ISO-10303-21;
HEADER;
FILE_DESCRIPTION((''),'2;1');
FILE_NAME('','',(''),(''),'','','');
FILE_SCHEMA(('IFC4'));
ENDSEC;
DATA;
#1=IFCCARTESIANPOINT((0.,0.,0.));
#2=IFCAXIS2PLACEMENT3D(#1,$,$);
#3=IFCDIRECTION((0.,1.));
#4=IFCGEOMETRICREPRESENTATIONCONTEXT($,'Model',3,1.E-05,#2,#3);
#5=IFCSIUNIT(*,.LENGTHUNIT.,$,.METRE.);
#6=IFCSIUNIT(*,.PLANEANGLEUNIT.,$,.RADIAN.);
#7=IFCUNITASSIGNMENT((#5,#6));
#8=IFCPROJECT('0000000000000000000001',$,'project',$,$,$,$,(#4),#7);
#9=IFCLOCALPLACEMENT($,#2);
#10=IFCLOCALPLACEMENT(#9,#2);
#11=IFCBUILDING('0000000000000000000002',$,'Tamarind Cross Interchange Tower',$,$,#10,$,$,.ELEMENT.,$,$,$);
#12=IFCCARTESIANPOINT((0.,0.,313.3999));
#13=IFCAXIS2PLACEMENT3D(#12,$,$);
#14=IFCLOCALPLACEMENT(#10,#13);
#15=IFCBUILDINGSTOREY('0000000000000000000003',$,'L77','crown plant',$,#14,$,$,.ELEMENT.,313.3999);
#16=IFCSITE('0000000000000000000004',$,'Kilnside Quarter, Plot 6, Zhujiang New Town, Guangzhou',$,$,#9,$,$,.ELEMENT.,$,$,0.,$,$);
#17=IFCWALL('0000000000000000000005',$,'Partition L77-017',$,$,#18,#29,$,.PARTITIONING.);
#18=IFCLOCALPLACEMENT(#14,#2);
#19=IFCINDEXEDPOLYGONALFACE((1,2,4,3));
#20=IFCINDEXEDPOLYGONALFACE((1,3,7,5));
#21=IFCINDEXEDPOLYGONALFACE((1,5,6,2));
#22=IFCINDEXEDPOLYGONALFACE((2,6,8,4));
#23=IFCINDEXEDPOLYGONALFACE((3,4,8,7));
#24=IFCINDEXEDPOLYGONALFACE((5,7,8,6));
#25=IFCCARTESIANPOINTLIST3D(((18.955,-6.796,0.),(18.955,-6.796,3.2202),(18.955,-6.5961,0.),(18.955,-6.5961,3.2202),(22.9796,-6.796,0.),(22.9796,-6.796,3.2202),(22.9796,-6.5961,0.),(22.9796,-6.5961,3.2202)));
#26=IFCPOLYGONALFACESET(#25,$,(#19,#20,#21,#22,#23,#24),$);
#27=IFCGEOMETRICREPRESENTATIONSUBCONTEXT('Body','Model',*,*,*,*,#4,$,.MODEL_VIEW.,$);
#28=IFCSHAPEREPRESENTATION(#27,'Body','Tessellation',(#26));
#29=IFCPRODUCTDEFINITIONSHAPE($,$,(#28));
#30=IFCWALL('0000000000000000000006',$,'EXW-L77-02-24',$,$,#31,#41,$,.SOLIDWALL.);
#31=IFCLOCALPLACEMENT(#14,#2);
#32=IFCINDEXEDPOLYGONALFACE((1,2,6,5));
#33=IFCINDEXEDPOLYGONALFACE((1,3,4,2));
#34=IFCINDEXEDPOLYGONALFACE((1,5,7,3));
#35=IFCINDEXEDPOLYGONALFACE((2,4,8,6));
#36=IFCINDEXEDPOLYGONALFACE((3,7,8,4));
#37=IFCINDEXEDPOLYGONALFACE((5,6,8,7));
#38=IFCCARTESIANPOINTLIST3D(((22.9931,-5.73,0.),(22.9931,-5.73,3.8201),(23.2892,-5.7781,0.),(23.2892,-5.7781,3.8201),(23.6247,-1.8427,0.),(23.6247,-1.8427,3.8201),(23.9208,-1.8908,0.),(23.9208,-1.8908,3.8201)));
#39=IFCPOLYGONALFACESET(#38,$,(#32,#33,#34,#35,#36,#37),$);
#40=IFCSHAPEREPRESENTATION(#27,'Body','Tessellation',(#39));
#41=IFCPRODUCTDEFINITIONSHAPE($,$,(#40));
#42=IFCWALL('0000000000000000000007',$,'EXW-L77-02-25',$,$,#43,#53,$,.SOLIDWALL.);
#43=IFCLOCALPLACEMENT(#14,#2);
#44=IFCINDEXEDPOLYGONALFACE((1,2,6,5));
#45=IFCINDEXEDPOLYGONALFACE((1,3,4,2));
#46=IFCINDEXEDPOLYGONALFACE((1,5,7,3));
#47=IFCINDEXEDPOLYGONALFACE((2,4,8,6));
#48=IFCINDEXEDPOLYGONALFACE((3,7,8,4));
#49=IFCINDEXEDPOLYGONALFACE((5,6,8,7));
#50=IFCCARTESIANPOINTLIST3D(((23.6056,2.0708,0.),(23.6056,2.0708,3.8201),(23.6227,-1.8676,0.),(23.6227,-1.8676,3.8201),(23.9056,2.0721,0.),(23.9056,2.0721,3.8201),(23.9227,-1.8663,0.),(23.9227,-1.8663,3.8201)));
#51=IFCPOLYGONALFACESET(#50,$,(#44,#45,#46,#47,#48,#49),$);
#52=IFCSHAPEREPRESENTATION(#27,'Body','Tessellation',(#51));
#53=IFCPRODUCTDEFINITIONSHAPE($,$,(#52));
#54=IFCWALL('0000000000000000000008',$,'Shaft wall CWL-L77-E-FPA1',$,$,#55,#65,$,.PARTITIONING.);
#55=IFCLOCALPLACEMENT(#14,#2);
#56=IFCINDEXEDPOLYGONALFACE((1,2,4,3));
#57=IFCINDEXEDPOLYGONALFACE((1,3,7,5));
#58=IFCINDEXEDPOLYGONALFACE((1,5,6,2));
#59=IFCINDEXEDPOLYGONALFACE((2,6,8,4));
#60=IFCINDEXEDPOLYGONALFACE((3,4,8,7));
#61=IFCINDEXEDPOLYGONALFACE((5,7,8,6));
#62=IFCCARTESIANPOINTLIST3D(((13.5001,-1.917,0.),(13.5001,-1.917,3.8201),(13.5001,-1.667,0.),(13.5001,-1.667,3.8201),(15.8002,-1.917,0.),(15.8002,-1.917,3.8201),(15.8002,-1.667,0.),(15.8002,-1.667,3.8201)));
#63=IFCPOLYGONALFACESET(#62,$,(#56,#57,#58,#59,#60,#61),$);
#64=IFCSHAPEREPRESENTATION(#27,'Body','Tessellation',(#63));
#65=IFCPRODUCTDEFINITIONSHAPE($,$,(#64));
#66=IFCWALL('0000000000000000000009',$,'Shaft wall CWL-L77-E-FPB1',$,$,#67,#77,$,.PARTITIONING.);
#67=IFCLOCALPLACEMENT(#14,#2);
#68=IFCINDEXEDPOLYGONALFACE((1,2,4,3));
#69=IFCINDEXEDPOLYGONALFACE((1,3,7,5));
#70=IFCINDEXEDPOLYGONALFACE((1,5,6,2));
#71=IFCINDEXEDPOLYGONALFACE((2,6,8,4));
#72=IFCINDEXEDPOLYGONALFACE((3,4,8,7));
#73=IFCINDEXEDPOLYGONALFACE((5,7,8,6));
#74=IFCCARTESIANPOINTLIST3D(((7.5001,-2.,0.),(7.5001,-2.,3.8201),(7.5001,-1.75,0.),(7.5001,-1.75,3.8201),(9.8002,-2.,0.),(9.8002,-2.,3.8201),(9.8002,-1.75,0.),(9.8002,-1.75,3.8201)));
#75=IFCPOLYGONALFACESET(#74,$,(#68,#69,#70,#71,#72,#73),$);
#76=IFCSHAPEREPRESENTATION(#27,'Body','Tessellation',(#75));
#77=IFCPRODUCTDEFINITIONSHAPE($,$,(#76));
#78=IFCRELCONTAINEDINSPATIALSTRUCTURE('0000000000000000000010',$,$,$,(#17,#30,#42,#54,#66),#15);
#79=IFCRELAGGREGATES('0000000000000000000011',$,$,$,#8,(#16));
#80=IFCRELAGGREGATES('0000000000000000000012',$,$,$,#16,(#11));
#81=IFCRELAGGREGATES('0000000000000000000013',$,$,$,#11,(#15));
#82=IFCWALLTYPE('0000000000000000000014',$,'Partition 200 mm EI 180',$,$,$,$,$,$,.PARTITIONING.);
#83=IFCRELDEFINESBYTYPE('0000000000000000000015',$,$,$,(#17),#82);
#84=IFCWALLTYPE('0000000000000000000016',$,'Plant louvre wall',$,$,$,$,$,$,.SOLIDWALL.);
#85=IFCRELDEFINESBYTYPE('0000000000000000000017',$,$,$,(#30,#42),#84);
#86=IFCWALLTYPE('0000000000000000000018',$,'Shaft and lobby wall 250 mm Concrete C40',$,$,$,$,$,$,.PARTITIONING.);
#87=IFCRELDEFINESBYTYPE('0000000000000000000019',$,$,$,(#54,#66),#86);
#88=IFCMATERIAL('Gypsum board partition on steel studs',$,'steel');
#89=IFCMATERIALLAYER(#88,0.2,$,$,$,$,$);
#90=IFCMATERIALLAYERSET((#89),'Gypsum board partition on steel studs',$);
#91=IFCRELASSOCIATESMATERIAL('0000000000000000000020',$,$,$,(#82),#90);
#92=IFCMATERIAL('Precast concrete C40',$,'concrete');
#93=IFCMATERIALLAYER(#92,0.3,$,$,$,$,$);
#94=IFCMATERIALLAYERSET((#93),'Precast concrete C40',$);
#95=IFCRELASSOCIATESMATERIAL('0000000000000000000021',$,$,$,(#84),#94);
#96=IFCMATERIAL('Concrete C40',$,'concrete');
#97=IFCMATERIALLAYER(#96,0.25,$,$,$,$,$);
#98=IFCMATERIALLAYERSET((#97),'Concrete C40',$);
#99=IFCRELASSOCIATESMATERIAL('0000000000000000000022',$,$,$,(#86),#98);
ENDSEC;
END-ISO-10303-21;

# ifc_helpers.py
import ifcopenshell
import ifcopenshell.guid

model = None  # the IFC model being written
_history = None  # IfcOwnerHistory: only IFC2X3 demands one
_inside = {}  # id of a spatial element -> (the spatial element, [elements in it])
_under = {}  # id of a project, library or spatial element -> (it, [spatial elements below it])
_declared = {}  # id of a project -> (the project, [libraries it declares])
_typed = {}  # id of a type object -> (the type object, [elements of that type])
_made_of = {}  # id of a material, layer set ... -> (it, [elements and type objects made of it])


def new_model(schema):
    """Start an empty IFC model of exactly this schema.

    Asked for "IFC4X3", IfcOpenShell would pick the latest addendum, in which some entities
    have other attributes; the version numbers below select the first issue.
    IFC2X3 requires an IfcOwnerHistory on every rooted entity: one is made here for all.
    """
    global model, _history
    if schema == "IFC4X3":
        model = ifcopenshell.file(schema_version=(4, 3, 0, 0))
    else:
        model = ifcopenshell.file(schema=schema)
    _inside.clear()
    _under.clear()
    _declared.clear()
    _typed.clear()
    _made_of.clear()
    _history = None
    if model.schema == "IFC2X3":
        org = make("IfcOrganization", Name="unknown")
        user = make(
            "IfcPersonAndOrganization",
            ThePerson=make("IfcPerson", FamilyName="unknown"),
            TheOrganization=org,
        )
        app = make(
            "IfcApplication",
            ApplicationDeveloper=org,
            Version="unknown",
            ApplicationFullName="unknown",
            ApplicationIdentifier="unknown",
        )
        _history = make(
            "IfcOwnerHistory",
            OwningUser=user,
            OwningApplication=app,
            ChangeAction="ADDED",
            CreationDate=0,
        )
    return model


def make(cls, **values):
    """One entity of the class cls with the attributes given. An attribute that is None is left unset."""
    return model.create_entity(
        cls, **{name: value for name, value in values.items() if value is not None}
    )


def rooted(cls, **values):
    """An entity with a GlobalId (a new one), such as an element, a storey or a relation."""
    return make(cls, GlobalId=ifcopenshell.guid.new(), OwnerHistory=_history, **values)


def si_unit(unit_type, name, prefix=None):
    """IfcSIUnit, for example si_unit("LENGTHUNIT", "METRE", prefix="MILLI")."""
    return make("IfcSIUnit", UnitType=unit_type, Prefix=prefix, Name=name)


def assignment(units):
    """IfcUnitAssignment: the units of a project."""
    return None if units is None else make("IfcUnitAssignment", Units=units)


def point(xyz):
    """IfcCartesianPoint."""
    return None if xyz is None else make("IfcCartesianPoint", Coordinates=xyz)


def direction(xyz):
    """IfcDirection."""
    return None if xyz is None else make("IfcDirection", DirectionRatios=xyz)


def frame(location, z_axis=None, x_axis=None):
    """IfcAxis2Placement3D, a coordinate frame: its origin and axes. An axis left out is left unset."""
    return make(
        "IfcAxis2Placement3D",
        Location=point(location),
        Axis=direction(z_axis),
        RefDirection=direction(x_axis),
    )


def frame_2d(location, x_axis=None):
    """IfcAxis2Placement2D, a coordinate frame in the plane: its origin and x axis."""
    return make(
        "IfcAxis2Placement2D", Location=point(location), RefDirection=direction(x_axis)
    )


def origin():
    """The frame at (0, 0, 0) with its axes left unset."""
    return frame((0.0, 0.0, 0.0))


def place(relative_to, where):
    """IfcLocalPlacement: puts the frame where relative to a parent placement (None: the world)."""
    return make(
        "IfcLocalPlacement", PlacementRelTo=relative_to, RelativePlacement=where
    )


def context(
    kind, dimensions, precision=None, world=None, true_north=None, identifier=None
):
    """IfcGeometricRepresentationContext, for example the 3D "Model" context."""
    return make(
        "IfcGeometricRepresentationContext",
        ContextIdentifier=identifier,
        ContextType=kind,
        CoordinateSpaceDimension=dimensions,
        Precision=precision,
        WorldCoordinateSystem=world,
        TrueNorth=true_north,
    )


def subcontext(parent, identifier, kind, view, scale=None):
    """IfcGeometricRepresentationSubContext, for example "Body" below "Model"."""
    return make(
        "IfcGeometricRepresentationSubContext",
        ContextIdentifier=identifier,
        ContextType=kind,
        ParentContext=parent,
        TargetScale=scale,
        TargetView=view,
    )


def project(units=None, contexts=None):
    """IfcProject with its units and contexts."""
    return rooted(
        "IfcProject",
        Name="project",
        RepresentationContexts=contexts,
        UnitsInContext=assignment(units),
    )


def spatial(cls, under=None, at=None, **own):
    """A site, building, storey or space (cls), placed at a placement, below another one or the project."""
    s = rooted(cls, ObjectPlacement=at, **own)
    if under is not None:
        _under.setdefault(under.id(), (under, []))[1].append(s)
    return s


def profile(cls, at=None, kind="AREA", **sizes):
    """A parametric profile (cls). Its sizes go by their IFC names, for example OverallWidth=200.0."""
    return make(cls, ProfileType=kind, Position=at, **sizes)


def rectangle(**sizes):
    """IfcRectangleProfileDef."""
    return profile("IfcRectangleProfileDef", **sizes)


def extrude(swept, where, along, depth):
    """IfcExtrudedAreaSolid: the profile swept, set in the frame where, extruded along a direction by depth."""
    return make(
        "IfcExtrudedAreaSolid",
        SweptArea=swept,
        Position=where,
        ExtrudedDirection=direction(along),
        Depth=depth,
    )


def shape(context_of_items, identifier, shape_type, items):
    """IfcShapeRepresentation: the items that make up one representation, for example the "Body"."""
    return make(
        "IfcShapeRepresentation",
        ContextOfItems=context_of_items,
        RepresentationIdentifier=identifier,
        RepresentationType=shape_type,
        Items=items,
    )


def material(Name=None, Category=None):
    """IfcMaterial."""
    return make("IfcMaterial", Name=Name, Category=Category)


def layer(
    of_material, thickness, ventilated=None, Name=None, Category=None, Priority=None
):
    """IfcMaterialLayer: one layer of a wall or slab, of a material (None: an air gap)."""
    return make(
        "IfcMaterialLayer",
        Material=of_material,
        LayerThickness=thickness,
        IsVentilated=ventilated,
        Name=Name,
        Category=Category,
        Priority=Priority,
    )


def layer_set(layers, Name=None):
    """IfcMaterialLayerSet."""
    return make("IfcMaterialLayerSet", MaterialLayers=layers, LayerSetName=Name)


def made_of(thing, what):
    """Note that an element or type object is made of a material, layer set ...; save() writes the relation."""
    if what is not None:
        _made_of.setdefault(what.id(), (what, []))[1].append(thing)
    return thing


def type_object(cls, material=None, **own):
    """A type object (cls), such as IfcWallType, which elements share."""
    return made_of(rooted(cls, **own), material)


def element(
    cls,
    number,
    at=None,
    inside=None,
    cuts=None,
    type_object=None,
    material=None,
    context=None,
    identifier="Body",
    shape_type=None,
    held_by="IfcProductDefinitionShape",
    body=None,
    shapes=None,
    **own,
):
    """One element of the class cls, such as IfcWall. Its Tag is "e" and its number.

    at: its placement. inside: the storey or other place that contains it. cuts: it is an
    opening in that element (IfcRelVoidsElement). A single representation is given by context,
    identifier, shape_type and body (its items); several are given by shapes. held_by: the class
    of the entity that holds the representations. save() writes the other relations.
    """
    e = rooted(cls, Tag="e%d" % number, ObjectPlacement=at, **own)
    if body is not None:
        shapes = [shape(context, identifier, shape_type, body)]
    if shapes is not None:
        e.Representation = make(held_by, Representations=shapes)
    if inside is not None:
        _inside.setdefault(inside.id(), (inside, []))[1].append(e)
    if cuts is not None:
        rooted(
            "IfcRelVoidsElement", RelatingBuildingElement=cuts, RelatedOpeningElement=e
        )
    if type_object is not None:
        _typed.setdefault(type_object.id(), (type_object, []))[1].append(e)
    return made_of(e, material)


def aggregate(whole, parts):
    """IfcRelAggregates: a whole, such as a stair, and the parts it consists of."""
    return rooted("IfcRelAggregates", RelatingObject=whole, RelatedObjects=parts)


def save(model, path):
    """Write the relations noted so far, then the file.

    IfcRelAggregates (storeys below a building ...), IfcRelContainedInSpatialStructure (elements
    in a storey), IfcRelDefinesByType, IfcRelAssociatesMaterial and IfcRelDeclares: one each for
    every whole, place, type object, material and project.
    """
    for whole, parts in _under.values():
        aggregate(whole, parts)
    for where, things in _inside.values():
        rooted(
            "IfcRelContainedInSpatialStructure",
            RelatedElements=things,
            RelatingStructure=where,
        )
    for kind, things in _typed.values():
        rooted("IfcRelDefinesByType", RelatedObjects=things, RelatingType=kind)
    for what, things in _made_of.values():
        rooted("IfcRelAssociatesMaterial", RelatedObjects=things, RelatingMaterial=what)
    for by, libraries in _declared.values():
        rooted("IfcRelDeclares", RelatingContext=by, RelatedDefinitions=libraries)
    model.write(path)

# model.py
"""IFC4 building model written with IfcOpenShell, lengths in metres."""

from ifc_helpers import new_model, si_unit, direction, frame, frame_2d, origin, place, context, subcontext, project, spatial, rectangle, extrude, material, layer, layer_set, type_object, element, save


model = new_model("IFC4")

# Units and contexts
model_context = context("Model", 3, precision=1e-05, world=origin(), true_north=direction((0.0, 1.0)))
body_context = subcontext(model_context, "Body", "Model", "MODEL_VIEW")
ifc_project = project(units=[si_unit("LENGTHUNIT", "METRE"), si_unit("PLANEANGLEUNIT", "RADIAN")], contexts=[model_context])

# Site, building, storey
site_placement = place(None, origin())
site = spatial("IfcSite", under=ifc_project, at=site_placement, Name="Kilnside Quarter, Plot 6, Zhujiang New Town, Guangzhou", CompositionType="ELEMENT", RefElevation=0.0)
building_placement = place(site_placement, origin())
building = spatial("IfcBuilding", under=site, at=building_placement, Name="Tamarind Cross Interchange Tower", CompositionType="ELEMENT")
storey_placement = place(building_placement, frame((0.0, 0.0, 313.3999)))
storey = spatial("IfcBuildingStorey", under=building, at=storey_placement, Name="L77", Description="crown plant", CompositionType="ELEMENT", Elevation=313.3999)

# Walls
ifc_material_1 = material(Name="Gypsum board partition on steel studs", Category="steel")
ifc_layer_1 = layer(ifc_material_1, 0.2)
ifc_layer_set_1 = layer_set([ifc_layer_1], Name="Gypsum board partition on steel studs")
wall_type_1 = type_object("IfcWallType", Name="Partition 200 mm EI 180", PredefinedType="PARTITIONING", material=ifc_layer_set_1)
wall_1_placement = place(storey_placement, frame((18.9551, -6.696, 0.0), z_axis=(0.0, 0.0, 1.0), x_axis=(1.0, 0.0, 0.0)))
element("IfcWall", 1, at=wall_1_placement, inside=storey, type_object=wall_type_1, Name="Partition L77-017", PredefinedType="PARTITIONING", context=body_context, shape_type="SweptSolid", body=[
    extrude(rectangle(XDim=4.0247, YDim=0.2, at=frame_2d((2.0122, 0.0))), origin(), (0.0, 0.0, 1.0), 3.2202),
])
ifc_material_2 = material(Name="Precast concrete C40", Category="concrete")
ifc_layer_2 = layer(ifc_material_2, 0.3)
ifc_layer_set_2 = layer_set([ifc_layer_2], Name="Precast concrete C40")
wall_type_2 = type_object("IfcWallType", Name="Plant louvre wall", PredefinedType="SOLIDWALL", material=ifc_layer_set_2)
wall_2_placement = place(storey_placement, frame((23.1411, -5.7542, 0.0), z_axis=(0.0, 0.0, 1.0), x_axis=(0.160376, 0.987056, 0.0)))
element("IfcWall", 2, at=wall_2_placement, inside=storey, type_object=wall_type_2, Name="EXW-L77-02-24", PredefinedType="SOLIDWALL", context=body_context, shape_type="SweptSolid", body=[
    extrude(rectangle(XDim=3.9382, YDim=0.3, at=frame_2d((1.9692, 0.0))), origin(), (0.0, 0.0, 1.0), 3.8201),
])
wall_3_placement = place(storey_placement, frame((23.7727, -1.8669, 0.0), z_axis=(0.0, 0.0, 1.0), x_axis=(-0.004339, 0.999991, 0.0)))
element("IfcWall", 3, at=wall_3_placement, inside=storey, type_object=wall_type_2, Name="EXW-L77-02-25", PredefinedType="SOLIDWALL", context=body_context, shape_type="SweptSolid", body=[
    extrude(rectangle(XDim=3.9385, YDim=0.3, at=frame_2d((1.9692, 0.0))), origin(), (0.0, 0.0, 1.0), 3.8201),
])
ifc_material_3 = material(Name="Concrete C40", Category="concrete")
ifc_layer_3 = layer(ifc_material_3, 0.25)
ifc_layer_set_3 = layer_set([ifc_layer_3], Name="Concrete C40")
wall_type_3 = type_object("IfcWallType", Name="Shaft and lobby wall 250 mm Concrete C40", PredefinedType="PARTITIONING", material=ifc_layer_set_3)
for number, where, z_axis, x_axis, name in (
    (4, (15.8, -1.792, 0.0), (0.0, 0.0, 1.0), (-1.0, 0.0, 0.0), "Shaft wall CWL-L77-E-FPA1"),
    (5, (9.8, -1.875, 0.0), (0.0, 0.0, 1.0), (-1.0, 0.0, 0.0), "Shaft wall CWL-L77-E-FPB1"),
):
    element("IfcWall", number, at=place(storey_placement, frame(where, z_axis=z_axis, x_axis=x_axis)), inside=storey, type_object=wall_type_3, Name=name, PredefinedType="PARTITIONING", context=body_context, shape_type="SweptSolid", body=[
        extrude(rectangle(XDim=2.3, YDim=0.25, at=frame_2d((1.1499, 0.0))), origin(), (0.0, 0.0, 1.0), 3.8201),
    ])

save(model, "model.ifc")
